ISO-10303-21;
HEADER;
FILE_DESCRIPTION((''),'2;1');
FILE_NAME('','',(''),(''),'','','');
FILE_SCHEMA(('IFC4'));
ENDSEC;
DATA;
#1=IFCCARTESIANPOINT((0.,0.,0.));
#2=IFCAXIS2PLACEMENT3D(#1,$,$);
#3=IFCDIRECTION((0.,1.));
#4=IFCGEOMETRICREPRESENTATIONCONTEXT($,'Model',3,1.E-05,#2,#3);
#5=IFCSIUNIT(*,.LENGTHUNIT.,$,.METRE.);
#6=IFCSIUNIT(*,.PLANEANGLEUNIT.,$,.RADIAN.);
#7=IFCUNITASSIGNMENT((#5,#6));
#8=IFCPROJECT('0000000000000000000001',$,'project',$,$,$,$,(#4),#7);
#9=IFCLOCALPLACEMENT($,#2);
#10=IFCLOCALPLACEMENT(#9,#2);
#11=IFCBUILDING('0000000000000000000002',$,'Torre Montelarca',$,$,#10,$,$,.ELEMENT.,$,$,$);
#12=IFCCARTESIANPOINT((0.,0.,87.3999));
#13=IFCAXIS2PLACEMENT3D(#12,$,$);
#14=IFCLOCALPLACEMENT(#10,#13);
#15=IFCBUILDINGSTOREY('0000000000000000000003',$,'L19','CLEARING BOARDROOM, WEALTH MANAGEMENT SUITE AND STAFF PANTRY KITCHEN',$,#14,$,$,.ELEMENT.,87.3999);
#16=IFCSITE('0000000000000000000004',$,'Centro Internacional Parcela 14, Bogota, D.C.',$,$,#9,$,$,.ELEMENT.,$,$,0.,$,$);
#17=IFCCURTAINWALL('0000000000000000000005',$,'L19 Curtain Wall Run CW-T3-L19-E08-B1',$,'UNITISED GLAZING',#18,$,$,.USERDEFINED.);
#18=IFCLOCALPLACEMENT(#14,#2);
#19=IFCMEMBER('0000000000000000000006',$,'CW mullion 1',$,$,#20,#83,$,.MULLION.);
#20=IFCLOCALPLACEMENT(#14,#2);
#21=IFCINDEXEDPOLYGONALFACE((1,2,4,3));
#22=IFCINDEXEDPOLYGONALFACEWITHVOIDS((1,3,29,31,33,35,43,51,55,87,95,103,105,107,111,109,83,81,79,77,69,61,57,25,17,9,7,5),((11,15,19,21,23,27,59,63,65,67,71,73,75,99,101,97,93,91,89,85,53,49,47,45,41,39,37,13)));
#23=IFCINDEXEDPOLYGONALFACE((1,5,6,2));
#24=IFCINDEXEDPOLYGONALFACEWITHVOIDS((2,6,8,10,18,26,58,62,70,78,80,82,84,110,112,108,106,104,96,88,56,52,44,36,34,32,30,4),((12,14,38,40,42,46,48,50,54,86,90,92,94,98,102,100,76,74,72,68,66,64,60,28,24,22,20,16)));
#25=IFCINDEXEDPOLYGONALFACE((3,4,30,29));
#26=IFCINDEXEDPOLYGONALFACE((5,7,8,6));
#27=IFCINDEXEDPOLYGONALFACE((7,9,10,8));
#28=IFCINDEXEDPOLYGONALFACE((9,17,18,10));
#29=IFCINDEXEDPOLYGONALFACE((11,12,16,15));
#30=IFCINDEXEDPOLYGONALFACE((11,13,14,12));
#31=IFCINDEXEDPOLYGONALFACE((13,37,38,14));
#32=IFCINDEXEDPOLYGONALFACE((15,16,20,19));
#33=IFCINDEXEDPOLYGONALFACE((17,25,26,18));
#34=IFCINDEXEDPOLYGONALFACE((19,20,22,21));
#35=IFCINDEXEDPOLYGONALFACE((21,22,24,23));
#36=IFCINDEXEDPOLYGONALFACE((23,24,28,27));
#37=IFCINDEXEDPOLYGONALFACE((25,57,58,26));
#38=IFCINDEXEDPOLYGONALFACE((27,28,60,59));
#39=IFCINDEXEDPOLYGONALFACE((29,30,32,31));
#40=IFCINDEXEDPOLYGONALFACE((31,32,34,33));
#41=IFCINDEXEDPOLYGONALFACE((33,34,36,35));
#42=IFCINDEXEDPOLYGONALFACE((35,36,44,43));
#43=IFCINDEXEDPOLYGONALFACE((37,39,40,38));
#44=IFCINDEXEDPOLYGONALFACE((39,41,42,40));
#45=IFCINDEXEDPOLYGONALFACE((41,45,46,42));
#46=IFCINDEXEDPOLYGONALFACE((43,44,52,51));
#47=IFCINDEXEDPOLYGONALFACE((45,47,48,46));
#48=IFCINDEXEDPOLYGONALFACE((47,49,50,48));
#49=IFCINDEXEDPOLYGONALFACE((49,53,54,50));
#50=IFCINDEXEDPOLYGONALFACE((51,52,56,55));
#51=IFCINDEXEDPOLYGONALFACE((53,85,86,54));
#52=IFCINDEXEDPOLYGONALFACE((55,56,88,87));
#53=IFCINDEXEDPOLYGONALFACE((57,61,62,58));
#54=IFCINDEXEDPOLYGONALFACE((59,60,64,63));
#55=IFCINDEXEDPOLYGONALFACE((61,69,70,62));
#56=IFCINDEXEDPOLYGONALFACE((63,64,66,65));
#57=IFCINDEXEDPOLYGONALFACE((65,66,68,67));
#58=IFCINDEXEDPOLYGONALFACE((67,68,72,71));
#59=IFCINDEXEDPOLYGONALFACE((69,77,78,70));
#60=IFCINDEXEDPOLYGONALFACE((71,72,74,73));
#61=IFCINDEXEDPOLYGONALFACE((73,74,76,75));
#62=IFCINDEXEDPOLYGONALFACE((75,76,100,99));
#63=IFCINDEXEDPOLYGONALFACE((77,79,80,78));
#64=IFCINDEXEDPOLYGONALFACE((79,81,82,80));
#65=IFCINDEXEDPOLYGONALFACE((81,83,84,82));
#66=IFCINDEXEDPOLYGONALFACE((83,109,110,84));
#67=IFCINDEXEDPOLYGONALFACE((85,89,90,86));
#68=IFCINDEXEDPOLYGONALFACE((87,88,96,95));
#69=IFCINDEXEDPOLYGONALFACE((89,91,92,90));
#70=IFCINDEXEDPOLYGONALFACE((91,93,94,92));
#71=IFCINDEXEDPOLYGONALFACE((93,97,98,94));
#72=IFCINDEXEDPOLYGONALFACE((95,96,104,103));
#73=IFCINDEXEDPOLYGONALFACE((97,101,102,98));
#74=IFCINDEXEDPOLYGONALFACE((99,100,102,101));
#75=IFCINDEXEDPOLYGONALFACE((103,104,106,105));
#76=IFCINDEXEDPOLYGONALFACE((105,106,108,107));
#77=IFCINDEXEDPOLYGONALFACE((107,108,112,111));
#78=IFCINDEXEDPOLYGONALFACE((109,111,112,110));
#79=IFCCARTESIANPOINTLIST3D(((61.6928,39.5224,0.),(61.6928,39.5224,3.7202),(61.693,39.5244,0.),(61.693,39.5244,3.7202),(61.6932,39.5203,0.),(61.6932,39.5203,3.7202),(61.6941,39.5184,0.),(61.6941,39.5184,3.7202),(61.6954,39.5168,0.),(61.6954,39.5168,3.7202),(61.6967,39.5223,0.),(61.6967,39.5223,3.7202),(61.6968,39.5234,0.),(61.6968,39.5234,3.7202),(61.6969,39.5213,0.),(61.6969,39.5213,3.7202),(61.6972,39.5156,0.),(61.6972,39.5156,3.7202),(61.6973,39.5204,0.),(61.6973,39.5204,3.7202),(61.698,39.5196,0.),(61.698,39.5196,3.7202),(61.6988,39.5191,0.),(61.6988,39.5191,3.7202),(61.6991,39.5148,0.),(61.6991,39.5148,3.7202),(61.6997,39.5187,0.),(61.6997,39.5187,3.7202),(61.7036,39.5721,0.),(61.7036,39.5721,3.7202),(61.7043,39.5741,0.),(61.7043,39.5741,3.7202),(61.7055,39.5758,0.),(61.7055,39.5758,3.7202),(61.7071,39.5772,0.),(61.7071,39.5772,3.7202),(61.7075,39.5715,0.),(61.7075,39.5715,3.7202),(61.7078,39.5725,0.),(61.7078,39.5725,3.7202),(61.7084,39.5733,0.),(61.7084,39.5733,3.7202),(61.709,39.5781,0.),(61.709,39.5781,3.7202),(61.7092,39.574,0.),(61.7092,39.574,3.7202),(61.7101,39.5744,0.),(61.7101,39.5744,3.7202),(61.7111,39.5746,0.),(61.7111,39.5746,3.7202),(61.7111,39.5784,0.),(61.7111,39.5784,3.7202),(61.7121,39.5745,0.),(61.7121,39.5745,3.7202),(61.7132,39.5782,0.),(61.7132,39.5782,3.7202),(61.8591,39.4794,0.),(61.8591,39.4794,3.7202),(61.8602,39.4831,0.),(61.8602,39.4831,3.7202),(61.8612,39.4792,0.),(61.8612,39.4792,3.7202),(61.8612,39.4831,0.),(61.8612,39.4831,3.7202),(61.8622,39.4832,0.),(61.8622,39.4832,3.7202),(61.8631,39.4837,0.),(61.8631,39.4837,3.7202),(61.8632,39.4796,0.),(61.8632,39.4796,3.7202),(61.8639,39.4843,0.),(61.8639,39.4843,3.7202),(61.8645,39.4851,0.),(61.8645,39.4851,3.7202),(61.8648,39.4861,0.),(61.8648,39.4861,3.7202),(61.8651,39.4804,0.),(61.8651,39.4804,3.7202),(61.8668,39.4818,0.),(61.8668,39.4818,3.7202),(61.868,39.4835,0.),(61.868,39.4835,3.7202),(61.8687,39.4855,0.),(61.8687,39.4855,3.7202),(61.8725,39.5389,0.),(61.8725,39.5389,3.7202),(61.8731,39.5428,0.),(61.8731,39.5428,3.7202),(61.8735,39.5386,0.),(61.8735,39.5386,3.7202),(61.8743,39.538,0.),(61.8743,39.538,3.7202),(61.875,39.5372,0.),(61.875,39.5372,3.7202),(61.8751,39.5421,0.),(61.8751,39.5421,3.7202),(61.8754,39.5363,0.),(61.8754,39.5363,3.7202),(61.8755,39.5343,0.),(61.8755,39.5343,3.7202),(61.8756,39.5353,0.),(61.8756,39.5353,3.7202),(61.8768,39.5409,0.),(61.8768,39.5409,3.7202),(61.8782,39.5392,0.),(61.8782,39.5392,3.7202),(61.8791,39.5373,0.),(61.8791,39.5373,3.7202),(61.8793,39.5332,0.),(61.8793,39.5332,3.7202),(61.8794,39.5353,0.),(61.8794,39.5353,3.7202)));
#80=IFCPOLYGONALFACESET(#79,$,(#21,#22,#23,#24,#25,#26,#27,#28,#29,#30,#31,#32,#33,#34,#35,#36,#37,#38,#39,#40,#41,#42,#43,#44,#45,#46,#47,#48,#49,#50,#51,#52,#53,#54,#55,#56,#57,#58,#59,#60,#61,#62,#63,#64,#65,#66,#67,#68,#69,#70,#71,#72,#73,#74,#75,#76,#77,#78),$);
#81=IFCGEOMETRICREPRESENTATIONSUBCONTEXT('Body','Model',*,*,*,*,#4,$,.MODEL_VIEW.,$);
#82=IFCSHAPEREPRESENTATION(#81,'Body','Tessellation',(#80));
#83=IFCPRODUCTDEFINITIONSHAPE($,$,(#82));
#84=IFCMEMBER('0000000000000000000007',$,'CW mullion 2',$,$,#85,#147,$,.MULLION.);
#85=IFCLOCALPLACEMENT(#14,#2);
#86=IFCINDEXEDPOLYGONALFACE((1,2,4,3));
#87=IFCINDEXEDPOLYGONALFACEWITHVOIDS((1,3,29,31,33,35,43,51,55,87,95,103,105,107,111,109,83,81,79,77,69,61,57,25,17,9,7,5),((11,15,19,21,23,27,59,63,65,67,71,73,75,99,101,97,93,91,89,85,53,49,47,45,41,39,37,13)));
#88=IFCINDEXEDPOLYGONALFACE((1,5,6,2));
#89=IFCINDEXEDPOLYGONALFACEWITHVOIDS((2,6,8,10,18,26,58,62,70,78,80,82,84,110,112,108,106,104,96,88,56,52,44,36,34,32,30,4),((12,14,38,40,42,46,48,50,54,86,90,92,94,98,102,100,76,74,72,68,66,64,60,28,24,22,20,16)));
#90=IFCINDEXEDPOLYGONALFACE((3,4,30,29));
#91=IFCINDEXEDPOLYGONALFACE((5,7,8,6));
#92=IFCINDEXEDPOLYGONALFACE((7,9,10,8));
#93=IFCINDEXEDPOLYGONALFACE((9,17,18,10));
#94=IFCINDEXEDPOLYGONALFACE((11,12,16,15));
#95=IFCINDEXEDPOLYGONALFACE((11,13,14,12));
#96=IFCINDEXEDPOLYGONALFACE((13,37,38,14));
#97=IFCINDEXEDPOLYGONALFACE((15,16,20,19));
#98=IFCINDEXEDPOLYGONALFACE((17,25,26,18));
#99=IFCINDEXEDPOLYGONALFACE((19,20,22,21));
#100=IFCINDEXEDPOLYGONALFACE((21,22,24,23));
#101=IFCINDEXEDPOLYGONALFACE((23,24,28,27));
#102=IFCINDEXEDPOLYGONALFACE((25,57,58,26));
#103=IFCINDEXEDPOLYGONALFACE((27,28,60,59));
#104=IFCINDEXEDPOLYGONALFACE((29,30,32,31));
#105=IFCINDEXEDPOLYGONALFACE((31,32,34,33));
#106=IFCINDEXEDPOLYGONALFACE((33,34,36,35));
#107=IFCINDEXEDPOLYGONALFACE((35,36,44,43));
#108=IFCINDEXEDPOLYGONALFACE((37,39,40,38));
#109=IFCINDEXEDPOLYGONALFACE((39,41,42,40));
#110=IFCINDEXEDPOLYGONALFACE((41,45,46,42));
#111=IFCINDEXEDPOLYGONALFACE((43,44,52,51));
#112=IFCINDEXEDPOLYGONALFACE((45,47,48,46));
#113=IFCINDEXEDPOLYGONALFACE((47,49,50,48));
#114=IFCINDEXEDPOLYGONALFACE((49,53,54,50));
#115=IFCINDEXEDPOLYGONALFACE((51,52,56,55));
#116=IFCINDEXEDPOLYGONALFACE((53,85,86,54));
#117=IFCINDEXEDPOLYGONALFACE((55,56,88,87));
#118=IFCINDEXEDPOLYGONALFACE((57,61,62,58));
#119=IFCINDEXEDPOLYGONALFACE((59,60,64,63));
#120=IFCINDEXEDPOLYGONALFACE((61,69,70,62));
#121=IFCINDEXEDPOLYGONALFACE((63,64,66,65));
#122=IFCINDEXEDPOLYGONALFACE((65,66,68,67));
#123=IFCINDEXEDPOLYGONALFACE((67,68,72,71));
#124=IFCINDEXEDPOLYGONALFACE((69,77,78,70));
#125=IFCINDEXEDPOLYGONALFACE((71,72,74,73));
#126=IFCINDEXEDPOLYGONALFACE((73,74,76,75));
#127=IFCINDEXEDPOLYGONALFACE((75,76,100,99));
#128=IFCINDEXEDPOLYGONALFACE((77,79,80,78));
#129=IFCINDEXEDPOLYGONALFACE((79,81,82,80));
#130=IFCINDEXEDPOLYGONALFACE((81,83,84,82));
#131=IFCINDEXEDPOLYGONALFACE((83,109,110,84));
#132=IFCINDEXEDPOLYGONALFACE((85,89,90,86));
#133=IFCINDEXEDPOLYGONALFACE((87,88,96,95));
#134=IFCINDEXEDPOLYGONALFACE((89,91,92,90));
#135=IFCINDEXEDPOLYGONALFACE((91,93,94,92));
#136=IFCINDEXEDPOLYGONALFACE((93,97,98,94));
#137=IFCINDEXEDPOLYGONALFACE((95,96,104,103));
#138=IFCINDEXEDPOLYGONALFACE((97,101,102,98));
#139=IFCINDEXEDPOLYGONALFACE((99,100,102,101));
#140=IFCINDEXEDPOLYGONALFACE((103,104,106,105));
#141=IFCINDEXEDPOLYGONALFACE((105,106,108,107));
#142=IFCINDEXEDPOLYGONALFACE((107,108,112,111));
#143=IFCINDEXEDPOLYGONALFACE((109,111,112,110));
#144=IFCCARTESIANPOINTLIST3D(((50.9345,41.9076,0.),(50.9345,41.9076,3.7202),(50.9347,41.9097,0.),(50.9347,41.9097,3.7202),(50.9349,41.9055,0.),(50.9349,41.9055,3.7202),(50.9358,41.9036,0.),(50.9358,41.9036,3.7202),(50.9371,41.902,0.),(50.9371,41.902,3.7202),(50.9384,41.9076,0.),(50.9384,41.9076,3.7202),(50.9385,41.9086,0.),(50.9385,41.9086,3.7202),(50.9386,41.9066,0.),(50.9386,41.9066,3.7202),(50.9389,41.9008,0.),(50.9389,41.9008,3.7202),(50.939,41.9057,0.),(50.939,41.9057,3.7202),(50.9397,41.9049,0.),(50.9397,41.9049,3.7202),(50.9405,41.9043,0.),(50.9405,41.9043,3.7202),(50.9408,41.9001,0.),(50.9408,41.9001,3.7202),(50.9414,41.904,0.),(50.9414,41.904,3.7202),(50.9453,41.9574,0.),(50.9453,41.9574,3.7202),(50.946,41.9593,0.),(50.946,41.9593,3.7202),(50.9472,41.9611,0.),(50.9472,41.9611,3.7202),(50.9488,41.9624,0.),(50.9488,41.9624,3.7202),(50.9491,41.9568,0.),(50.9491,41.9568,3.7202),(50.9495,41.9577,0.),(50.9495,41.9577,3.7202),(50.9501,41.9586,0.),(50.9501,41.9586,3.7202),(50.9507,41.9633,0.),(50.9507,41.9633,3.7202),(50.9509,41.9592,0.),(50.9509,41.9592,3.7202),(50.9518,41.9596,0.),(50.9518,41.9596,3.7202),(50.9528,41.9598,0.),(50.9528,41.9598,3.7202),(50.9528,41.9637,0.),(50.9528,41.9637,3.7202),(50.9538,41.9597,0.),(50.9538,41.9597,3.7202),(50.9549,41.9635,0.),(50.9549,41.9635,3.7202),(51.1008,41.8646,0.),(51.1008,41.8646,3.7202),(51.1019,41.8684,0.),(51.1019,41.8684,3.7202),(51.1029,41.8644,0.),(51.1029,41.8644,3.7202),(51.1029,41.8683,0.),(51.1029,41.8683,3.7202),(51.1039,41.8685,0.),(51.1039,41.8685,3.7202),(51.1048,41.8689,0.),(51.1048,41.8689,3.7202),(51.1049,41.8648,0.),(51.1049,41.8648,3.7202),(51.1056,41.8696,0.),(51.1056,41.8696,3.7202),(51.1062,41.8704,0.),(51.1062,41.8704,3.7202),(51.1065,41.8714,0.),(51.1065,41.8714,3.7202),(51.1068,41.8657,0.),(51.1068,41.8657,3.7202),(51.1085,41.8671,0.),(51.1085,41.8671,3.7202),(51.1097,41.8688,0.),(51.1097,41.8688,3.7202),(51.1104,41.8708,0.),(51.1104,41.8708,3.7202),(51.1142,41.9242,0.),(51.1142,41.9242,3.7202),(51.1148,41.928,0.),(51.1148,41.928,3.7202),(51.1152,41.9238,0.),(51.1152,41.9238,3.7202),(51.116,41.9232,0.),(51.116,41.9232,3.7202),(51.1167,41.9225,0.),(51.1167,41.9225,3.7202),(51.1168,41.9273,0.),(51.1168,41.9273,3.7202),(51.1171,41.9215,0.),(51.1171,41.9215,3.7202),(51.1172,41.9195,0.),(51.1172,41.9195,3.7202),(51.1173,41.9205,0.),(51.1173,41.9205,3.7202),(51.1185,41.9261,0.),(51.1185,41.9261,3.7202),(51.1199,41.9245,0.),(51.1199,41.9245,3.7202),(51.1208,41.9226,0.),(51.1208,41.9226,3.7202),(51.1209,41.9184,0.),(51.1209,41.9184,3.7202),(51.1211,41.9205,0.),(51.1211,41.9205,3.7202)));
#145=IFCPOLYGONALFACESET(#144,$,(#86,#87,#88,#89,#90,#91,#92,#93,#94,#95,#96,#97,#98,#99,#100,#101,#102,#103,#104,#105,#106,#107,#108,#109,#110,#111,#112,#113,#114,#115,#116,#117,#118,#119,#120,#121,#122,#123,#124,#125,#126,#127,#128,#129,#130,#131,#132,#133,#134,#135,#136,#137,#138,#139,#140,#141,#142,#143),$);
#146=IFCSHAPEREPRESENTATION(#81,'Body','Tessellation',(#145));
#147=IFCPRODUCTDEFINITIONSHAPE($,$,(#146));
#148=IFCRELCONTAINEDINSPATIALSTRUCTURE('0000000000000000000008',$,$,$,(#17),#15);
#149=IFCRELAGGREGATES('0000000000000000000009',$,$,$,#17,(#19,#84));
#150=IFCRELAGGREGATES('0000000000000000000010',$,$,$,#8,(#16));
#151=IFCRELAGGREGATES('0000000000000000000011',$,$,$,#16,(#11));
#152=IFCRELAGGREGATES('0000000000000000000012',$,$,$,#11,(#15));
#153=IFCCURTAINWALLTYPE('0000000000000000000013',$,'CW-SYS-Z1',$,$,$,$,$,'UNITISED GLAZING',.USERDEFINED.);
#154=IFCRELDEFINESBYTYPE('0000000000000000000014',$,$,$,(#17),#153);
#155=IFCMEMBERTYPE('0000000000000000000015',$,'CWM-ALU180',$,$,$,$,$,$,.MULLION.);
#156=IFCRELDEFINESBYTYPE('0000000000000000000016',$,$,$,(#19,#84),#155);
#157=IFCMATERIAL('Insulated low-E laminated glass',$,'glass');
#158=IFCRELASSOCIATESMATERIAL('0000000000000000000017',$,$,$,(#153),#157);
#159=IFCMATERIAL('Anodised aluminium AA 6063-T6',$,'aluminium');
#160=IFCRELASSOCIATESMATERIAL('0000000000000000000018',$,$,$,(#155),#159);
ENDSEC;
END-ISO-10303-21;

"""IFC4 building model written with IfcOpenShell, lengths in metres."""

from ifc_helpers import new_model, si_unit, direction, frame, origin, origin_2d, place, context, subcontext, project, spatial, hollow_rectangle, extrude, source, transform, mapped, material, material_profile, profile_set, type_object, element, aggregate, save


model = new_model("IFC4")

# Units and contexts
model_context = context("Model", 3, precision=1e-05, world=origin(), true_north=direction((0.0, 1.0)))
body_context = subcontext(model_context, "Body", "Model", "MODEL_VIEW")
ifc_project = project(units=[si_unit("LENGTHUNIT", "METRE"), si_unit("PLANEANGLEUNIT", "RADIAN")], contexts=[model_context])

# Site, building, storey
site_placement = place(None, origin())
site = spatial("IfcSite", under=ifc_project, at=site_placement, Name="Centro Internacional Parcela 14, Bogota, D.C.", CompositionType="ELEMENT", RefElevation=0.0)
building_placement = place(site_placement, origin())
building = spatial("IfcBuilding", under=site, at=building_placement, Name="Torre Montelarca", CompositionType="ELEMENT")
storey_placement = place(building_placement, frame((0.0, 0.0, 87.3999)))
storey = spatial("IfcBuildingStorey", under=building, at=storey_placement, Name="L19", Description="CLEARING BOARDROOM, WEALTH MANAGEMENT SUITE AND STAFF PANTRY KITCHEN", CompositionType="ELEMENT", Elevation=87.3999)

# Curtain wall
ifc_material_1 = material(Name="Insulated low-E laminated glass", Category="glass")
curtain_wall_type = type_object("IfcCurtainWallType", Name="CW-SYS-Z1", ElementType="UNITISED GLAZING", PredefinedType="USERDEFINED", material=ifc_material_1)
ifc_material_2 = material(Name="Anodised aluminium AA 6063-T6", Category="aluminium")
curtain_wall_1_placement = place(storey_placement, origin())
curtain_wall_1 = element("IfcCurtainWall", 1, at=curtain_wall_1_placement, inside=storey, type_object=curtain_wall_type, Name="L19 Curtain Wall Run CW-T3-L19-E08-B1", ObjectType="UNITISED GLAZING", PredefinedType="USERDEFINED")
ifc_material_profile_1 = material_profile(ifc_material_2, hollow_rectangle(XDim=0.0649, YDim=0.1799, WallThickness=0.0039, InnerFilletRadius=0.0039, OuterFilletRadius=0.0081, at=origin_2d()), Name="ALU65X180X4", Category="aluminium")
ifc_profile_set_1 = profile_set([ifc_material_profile_1], Name="Anodised aluminium AA 6063-T6")
member_type_1 = type_object("IfcMemberType", Name="CWM-ALU180", PredefinedType="MULLION", material=ifc_profile_set_1)
shared_shape_1 = source(origin(), body_context, "Body", "SweptSolid", [
    extrude(hollow_rectangle(XDim=0.0649, YDim=0.1799, WallThickness=0.0039, InnerFilletRadius=0.0039, OuterFilletRadius=0.0081, at=origin_2d()), origin(), (0.0, 0.0, 1.0), 3.7202),
])

# Members
member_1_placement = place(storey_placement, frame((61.7861, 39.5288, 0.0), z_axis=(0.0, 0.0, 1.0), x_axis=(-0.216443, -0.976295, 0.0)))
member_1 = element("IfcMember", 2, at=member_1_placement, type_object=member_type_1, Name="CW mullion 1", PredefinedType="MULLION", context=body_context, shape_type="MappedRepresentation", body=[
    mapped(shared_shape_1, transform((0.0, 0.0, 0.0), scale=1.0)),
])
member_2_placement = place(storey_placement, frame((51.0278, 41.9141, 0.0), z_axis=(0.0, 0.0, 1.0), x_axis=(-0.216443, -0.976295, 0.0)))
member_2 = element("IfcMember", 3, at=member_2_placement, type_object=member_type_1, Name="CW mullion 2", PredefinedType="MULLION", context=body_context, shape_type="MappedRepresentation", body=[
    mapped(shared_shape_1, transform((0.0, 0.0, 0.0), scale=1.0)),
])

aggregate(curtain_wall_1, [member_1, member_2])

save(model, "model.ifc")
